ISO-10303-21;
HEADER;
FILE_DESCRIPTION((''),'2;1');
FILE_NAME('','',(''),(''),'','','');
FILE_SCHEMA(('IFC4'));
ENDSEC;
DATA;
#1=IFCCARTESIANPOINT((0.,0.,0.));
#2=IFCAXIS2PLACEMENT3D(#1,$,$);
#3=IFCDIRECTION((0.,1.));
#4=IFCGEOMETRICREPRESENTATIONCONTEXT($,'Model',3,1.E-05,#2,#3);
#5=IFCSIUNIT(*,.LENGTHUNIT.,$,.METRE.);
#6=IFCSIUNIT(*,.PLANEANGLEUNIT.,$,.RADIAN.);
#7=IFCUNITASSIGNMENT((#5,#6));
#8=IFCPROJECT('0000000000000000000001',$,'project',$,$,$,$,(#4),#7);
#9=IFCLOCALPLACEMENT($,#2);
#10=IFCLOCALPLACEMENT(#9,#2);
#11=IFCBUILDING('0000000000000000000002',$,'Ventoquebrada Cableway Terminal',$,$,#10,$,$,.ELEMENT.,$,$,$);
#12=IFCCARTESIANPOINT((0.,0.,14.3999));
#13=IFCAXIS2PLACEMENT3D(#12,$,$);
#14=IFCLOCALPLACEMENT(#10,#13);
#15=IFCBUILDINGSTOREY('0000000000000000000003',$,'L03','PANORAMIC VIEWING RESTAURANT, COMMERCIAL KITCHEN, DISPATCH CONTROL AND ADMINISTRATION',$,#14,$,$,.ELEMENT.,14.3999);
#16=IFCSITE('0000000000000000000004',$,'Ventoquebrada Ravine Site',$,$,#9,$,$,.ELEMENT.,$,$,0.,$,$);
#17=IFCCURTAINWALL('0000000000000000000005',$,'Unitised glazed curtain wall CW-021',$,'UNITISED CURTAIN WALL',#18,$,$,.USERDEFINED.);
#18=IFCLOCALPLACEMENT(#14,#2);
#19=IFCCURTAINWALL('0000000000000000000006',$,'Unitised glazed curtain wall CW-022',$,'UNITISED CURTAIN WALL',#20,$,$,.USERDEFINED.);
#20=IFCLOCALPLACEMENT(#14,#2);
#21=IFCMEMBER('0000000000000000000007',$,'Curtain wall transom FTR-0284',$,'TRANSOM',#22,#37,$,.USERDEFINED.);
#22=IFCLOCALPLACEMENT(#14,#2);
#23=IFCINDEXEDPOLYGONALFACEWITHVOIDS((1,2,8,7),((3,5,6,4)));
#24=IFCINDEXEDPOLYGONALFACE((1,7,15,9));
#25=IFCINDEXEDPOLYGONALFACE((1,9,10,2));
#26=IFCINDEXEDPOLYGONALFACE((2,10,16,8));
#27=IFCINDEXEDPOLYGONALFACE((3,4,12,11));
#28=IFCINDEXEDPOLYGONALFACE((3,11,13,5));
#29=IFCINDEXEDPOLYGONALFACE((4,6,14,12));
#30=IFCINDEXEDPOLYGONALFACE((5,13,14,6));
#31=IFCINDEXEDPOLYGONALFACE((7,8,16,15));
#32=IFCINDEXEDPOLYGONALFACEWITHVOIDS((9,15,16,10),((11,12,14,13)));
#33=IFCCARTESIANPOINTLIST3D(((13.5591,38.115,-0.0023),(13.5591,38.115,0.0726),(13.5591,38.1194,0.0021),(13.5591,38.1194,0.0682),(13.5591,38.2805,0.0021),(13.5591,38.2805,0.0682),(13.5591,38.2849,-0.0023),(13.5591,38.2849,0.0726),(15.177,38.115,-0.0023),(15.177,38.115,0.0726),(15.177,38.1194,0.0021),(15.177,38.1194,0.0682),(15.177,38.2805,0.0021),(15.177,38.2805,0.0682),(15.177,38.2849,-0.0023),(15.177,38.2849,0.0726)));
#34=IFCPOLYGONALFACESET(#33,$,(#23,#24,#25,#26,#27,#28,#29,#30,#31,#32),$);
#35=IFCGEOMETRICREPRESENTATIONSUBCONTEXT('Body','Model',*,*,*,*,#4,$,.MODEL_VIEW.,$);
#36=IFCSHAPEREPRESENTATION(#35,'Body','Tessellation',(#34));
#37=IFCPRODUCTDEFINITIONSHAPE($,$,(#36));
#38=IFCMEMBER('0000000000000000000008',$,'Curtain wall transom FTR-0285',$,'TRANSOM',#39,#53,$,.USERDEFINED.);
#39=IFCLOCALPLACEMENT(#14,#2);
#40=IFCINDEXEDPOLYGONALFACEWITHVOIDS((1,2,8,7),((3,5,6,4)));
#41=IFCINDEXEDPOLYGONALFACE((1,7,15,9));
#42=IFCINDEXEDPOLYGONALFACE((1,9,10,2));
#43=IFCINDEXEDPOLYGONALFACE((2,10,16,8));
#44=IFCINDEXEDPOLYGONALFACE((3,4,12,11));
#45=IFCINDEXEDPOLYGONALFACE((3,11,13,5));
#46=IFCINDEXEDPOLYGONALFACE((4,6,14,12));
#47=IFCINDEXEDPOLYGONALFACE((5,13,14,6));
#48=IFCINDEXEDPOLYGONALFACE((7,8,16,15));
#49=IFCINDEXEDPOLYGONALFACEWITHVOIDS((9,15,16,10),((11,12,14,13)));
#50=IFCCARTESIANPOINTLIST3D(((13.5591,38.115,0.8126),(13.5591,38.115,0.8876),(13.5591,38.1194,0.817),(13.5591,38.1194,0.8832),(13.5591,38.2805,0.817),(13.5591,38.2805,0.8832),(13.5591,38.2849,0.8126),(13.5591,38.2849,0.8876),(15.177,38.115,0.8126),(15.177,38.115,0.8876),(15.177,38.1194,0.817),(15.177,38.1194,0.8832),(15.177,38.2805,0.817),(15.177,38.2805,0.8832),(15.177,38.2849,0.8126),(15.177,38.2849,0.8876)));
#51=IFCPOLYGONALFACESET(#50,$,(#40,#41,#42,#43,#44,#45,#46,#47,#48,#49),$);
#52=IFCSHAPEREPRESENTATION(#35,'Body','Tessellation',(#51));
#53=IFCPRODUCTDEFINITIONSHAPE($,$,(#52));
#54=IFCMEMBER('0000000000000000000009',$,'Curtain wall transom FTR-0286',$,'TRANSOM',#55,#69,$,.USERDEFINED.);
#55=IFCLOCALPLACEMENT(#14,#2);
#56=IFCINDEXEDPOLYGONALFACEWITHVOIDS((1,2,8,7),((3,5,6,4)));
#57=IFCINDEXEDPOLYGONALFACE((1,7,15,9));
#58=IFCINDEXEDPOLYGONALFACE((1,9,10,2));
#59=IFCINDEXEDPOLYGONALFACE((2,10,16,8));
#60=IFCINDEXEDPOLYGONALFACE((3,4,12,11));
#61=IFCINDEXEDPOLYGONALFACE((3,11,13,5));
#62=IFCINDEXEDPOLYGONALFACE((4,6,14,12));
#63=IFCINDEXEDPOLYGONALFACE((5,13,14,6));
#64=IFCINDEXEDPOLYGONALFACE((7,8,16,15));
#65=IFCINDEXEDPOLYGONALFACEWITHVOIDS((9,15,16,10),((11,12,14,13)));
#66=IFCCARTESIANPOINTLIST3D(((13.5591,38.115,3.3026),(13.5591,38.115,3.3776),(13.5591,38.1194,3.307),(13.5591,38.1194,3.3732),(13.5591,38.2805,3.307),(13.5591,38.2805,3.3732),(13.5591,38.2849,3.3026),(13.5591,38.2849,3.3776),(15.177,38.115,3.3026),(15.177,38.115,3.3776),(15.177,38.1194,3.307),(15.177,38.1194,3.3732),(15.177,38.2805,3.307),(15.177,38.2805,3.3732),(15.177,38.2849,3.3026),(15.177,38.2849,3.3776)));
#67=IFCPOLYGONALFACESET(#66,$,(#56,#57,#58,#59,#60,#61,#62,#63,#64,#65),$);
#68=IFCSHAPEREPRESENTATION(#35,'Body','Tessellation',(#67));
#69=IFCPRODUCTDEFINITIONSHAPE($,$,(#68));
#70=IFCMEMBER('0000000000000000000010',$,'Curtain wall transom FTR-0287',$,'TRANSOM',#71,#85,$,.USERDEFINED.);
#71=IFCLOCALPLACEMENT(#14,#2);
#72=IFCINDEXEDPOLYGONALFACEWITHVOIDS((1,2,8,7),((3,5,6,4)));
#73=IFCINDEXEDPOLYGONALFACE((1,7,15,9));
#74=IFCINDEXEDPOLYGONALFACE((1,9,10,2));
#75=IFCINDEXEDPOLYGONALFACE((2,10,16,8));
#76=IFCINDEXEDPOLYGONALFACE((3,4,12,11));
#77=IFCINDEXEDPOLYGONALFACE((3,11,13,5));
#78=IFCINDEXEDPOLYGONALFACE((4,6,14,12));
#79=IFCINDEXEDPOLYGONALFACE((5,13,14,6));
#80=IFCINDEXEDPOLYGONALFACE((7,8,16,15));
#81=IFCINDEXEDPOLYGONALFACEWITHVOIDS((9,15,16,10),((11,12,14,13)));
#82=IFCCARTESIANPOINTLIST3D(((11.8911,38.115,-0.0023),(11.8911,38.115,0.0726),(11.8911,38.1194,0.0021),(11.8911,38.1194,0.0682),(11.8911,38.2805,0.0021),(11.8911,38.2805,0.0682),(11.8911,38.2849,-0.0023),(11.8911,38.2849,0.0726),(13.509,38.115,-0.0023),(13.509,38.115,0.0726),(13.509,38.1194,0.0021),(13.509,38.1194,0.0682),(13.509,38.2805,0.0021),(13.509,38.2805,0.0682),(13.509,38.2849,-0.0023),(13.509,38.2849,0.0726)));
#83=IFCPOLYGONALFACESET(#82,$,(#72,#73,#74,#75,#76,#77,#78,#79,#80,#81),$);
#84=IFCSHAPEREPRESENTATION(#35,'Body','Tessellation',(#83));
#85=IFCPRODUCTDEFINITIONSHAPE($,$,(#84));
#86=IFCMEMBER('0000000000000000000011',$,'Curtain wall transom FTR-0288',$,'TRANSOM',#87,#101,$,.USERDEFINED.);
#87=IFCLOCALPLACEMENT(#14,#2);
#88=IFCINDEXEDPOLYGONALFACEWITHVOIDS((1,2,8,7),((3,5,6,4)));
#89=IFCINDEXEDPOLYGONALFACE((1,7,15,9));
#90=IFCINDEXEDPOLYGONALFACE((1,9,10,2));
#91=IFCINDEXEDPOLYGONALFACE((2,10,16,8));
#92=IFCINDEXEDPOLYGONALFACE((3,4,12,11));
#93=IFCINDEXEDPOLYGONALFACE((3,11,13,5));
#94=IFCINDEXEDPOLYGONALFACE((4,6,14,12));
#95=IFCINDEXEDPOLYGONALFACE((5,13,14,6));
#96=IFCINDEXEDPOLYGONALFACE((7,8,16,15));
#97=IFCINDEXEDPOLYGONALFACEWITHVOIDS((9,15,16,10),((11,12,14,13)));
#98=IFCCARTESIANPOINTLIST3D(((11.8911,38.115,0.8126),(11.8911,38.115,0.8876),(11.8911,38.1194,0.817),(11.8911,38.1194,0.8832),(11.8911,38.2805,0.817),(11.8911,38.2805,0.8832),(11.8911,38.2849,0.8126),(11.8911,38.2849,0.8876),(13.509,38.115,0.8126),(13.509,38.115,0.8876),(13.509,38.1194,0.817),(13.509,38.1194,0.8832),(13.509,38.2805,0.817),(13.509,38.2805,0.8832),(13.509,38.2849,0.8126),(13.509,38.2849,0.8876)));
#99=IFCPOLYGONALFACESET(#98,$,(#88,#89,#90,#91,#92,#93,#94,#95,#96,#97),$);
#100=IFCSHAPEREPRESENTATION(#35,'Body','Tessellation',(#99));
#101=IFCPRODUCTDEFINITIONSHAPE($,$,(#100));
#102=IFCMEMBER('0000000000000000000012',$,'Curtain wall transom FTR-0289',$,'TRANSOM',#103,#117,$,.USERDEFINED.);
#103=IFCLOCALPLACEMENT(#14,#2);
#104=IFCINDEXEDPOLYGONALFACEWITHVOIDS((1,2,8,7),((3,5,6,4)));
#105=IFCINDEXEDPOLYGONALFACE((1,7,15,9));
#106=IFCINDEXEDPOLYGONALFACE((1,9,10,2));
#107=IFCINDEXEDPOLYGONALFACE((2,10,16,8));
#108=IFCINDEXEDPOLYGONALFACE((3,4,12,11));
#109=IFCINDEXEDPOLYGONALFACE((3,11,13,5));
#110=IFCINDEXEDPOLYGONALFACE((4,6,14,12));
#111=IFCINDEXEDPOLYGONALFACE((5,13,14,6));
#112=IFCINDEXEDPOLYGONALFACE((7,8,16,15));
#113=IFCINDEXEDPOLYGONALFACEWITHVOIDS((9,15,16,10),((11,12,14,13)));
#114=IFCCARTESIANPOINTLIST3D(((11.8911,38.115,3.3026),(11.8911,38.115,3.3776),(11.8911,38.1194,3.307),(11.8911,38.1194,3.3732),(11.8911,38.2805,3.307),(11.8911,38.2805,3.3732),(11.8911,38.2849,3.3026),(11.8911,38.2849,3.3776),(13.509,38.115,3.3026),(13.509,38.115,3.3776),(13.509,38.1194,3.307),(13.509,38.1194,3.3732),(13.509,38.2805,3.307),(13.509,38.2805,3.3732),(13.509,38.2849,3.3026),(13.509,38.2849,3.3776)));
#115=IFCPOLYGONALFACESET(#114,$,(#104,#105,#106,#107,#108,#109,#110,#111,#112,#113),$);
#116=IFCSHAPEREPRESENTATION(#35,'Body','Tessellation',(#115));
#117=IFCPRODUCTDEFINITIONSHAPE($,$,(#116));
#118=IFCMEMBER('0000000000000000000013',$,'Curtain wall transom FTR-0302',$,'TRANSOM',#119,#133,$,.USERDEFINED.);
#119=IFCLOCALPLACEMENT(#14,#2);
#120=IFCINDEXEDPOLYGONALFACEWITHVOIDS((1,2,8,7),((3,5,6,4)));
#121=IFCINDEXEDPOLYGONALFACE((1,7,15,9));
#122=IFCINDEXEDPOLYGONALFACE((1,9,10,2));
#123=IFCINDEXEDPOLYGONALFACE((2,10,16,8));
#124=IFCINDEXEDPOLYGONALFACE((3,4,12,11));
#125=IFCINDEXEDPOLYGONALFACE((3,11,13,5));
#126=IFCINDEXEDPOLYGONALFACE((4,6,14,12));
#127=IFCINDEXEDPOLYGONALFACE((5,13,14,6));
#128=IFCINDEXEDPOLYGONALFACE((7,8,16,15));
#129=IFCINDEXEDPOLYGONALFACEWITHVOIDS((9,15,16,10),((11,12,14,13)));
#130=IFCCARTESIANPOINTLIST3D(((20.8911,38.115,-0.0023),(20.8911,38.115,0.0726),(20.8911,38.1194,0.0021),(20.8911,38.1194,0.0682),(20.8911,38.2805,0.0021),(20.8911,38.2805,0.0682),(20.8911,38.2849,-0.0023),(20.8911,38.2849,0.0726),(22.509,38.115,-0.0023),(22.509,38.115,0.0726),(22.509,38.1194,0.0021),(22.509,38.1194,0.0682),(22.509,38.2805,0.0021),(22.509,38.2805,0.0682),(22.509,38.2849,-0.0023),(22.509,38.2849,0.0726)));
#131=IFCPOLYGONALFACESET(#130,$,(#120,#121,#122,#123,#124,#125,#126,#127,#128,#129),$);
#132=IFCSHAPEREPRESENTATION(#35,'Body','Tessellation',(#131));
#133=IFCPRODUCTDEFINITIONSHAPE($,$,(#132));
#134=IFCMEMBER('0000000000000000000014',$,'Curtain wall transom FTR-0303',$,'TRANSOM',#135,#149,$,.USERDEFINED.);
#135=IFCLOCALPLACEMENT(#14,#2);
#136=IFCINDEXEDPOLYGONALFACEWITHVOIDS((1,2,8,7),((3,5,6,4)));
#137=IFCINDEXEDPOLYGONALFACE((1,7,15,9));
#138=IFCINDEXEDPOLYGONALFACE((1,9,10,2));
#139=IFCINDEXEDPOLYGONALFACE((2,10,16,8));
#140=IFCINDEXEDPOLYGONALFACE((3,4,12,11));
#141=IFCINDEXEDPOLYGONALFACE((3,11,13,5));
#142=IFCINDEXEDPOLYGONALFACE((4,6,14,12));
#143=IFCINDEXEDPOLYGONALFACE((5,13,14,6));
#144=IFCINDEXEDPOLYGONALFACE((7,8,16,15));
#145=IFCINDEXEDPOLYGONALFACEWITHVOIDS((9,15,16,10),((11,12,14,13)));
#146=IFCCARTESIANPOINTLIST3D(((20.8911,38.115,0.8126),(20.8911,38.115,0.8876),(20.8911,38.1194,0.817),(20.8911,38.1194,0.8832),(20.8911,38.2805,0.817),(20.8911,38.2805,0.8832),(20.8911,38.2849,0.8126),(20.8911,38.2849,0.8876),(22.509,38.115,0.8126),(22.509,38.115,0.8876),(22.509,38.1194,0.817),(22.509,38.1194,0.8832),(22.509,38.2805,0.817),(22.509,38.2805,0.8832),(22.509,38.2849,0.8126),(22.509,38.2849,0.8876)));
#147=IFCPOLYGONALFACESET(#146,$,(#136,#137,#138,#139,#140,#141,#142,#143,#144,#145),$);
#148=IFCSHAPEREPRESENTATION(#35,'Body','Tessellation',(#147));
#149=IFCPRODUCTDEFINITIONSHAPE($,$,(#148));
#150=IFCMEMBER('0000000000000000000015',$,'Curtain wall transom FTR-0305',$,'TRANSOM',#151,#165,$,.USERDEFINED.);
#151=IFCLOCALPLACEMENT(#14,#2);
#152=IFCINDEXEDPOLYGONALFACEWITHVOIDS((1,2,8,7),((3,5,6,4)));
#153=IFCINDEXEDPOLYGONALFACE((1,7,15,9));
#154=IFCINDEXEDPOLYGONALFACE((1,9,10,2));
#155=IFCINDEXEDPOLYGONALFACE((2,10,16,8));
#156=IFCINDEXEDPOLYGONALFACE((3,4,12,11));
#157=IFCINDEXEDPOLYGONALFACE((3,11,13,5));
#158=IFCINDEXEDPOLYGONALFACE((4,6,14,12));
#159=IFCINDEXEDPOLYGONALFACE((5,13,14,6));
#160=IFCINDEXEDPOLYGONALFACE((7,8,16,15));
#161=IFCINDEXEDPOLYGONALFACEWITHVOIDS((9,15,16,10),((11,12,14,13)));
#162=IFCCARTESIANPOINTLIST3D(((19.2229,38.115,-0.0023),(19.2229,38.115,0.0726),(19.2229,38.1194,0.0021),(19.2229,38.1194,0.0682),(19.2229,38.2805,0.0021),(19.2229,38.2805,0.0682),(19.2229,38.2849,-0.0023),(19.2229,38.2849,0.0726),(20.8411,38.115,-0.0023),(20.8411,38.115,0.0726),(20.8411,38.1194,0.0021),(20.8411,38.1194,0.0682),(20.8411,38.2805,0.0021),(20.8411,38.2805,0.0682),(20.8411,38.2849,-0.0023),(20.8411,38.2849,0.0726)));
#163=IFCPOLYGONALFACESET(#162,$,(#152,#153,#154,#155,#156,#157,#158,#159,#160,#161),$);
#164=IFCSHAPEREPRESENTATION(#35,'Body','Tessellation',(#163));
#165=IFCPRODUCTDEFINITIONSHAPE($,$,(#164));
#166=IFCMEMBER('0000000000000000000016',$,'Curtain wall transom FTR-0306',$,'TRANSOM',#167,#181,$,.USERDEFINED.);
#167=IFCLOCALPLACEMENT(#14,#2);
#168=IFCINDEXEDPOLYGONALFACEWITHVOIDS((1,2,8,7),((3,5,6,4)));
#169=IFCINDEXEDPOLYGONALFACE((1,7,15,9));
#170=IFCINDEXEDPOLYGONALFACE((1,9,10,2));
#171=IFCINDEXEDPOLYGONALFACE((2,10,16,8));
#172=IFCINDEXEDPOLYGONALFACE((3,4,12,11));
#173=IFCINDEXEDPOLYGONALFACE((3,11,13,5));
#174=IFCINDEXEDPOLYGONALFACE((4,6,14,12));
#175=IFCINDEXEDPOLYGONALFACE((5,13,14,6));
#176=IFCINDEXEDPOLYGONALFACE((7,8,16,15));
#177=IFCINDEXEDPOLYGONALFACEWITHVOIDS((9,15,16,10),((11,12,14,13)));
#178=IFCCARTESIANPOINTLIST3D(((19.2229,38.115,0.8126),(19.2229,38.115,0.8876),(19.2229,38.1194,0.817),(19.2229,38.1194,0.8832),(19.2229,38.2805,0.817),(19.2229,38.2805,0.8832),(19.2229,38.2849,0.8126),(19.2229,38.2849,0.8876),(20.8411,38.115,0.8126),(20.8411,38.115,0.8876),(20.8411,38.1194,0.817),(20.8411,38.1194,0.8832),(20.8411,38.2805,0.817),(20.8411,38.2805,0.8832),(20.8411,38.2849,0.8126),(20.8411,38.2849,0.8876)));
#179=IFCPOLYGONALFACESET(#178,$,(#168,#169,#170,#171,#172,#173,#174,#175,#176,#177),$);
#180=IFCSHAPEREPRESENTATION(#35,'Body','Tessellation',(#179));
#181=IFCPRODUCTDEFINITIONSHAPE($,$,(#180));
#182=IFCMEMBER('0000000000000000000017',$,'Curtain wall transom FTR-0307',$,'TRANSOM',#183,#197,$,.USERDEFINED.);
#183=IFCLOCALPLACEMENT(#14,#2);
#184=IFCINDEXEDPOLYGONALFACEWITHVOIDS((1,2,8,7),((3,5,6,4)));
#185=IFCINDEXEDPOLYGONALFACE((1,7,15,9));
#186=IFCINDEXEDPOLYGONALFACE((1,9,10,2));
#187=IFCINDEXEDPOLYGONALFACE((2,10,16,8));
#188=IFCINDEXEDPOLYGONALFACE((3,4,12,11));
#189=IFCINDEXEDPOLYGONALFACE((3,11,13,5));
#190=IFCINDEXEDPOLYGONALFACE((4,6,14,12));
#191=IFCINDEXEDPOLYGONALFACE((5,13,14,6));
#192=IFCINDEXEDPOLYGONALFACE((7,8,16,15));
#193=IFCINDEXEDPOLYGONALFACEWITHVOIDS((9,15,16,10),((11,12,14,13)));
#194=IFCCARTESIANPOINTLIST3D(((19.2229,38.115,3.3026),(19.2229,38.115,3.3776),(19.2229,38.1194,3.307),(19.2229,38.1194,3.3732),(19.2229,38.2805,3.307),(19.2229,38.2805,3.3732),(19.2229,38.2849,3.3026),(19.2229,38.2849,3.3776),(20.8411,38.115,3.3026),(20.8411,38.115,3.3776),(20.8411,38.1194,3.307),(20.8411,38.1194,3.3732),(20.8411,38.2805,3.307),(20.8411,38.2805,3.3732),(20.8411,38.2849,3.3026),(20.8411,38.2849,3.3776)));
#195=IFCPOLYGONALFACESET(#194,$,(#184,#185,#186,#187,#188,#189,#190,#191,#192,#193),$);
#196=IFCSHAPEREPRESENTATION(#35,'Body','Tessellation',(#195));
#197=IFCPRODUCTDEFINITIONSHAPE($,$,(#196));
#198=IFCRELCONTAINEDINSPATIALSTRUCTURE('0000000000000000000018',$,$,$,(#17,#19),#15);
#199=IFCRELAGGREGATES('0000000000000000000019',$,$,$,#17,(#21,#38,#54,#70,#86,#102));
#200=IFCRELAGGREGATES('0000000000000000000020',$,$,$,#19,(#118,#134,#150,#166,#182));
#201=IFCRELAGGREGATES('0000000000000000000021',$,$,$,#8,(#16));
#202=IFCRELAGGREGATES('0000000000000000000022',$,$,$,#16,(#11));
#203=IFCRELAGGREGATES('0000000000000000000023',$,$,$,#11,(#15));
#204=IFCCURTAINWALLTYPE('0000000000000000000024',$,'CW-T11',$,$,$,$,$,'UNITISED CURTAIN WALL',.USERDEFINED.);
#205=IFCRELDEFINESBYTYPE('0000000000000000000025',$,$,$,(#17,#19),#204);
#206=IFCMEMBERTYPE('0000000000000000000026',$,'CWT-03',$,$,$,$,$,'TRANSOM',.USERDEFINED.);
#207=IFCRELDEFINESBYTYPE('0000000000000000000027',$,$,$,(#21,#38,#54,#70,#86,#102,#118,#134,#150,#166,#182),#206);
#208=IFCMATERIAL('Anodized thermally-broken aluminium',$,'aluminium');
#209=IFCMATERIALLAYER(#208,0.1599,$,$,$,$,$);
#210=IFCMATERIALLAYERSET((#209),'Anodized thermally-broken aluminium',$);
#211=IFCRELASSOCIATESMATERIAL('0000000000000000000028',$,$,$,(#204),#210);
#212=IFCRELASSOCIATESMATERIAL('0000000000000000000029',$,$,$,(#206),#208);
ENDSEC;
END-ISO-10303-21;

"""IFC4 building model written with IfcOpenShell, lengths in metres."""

from ifc_helpers import new_model, si_unit, direction, frame, origin, origin_2d, place, context, subcontext, project, spatial, hollow_rectangle, extrude, material, layer, layer_set, material_profile, profile_set, type_object, element, aggregate, save


model = new_model("IFC4")

# Units and contexts
model_context = context("Model", 3, precision=1e-05, world=origin(), true_north=direction((0.0, 1.0)))
body_context = subcontext(model_context, "Body", "Model", "MODEL_VIEW")
ifc_project = project(units=[si_unit("LENGTHUNIT", "METRE"), si_unit("PLANEANGLEUNIT", "RADIAN")], contexts=[model_context])

# Site, building, storey
site_placement = place(None, origin())
site = spatial("IfcSite", under=ifc_project, at=site_placement, Name="Ventoquebrada Ravine Site", CompositionType="ELEMENT", RefElevation=0.0)
building_placement = place(site_placement, origin())
building = spatial("IfcBuilding", under=site, at=building_placement, Name="Ventoquebrada Cableway Terminal", CompositionType="ELEMENT")
storey_placement = place(building_placement, frame((0.0, 0.0, 14.3999)))
storey = spatial("IfcBuildingStorey", under=building, at=storey_placement, Name="L03", Description="PANORAMIC VIEWING RESTAURANT, COMMERCIAL KITCHEN, DISPATCH CONTROL AND ADMINISTRATION", CompositionType="ELEMENT", Elevation=14.3999)

# Curtain walls
ifc_material_1 = material(Name="Anodized thermally-broken aluminium", Category="aluminium")
ifc_layer_1 = layer(ifc_material_1, 0.1599)
ifc_layer_set_1 = layer_set([ifc_layer_1], Name="Anodized thermally-broken aluminium")
curtain_wall_type = type_object("IfcCurtainWallType", Name="CW-T11", ElementType="UNITISED CURTAIN WALL", PredefinedType="USERDEFINED", material=ifc_layer_set_1)
curtain_wall_1_placement = place(storey_placement, origin())
curtain_wall_1 = element("IfcCurtainWall", 1, at=curtain_wall_1_placement, inside=storey, type_object=curtain_wall_type, Name="Unitised glazed curtain wall CW-021", ObjectType="UNITISED CURTAIN WALL", PredefinedType="USERDEFINED")
curtain_wall_2_placement = place(storey_placement, origin())
curtain_wall_2 = element("IfcCurtainWall", 2, at=curtain_wall_2_placement, inside=storey, type_object=curtain_wall_type, Name="Unitised glazed curtain wall CW-022", ObjectType="UNITISED CURTAIN WALL", PredefinedType="USERDEFINED")

# Members
ifc_material_profile_1 = material_profile(ifc_material_1, hollow_rectangle(XDim=0.075, YDim=0.1699, WallThickness=0.0044, at=origin_2d()), Name="CW-TRN-75X170")
ifc_profile_set_1 = profile_set([ifc_material_profile_1], Name="Anodized thermally-broken aluminium")
member_type_1 = type_object("IfcMemberType", Name="CWT-03", ElementType="TRANSOM", PredefinedType="USERDEFINED", material=ifc_profile_set_1)
member_1_placement = place(storey_placement, frame((15.177, 38.2, 0.0352), z_axis=(-1.0, 0.0, 0.0), x_axis=(0.0, 0.0, 1.0)))
member_1 = element("IfcMember", 3, at=member_1_placement, type_object=member_type_1, Name="Curtain wall transom FTR-0284", ObjectType="TRANSOM", PredefinedType="USERDEFINED", context=body_context, shape_type="SweptSolid", body=[
    extrude(hollow_rectangle(XDim=0.075, YDim=0.1699, WallThickness=0.0044, at=origin_2d()), origin(), (0.0, 0.0, 1.0), 1.6179),
])
member_2_placement = place(storey_placement, frame((15.177, 38.2, 0.8501), z_axis=(-1.0, 0.0, 0.0), x_axis=(0.0, 0.0, 1.0)))
member_2 = element("IfcMember", 4, at=member_2_placement, type_object=member_type_1, Name="Curtain wall transom FTR-0285", ObjectType="TRANSOM", PredefinedType="USERDEFINED", context=body_context, shape_type="SweptSolid", body=[
    extrude(hollow_rectangle(XDim=0.075, YDim=0.1699, WallThickness=0.0044, at=origin_2d()), origin(), (0.0, 0.0, 1.0), 1.6179),
])
member_3_placement = place(storey_placement, frame((15.177, 38.2, 3.3401), z_axis=(-1.0, 0.0, 0.0), x_axis=(0.0, 0.0, 1.0)))
member_3 = element("IfcMember", 5, at=member_3_placement, type_object=member_type_1, Name="Curtain wall transom FTR-0286", ObjectType="TRANSOM", PredefinedType="USERDEFINED", context=body_context, shape_type="SweptSolid", body=[
    extrude(hollow_rectangle(XDim=0.075, YDim=0.1699, WallThickness=0.0044, at=origin_2d()), origin(), (0.0, 0.0, 1.0), 1.6179),
])
member_4_placement = place(storey_placement, frame((13.509, 38.2, 0.0352), z_axis=(-1.0, 0.0, 0.0), x_axis=(0.0, 0.0, 1.0)))
member_4 = element("IfcMember", 6, at=member_4_placement, type_object=member_type_1, Name="Curtain wall transom FTR-0287", ObjectType="TRANSOM", PredefinedType="USERDEFINED", context=body_context, shape_type="SweptSolid", body=[
    extrude(hollow_rectangle(XDim=0.075, YDim=0.1699, WallThickness=0.0044, at=origin_2d()), origin(), (0.0, 0.0, 1.0), 1.6179),
])
member_5_placement = place(storey_placement, frame((13.509, 38.2, 0.8501), z_axis=(-1.0, 0.0, 0.0), x_axis=(0.0, 0.0, 1.0)))
member_5 = element("IfcMember", 7, at=member_5_placement, type_object=member_type_1, Name="Curtain wall transom FTR-0288", ObjectType="TRANSOM", PredefinedType="USERDEFINED", context=body_context, shape_type="SweptSolid", body=[
    extrude(hollow_rectangle(XDim=0.075, YDim=0.1699, WallThickness=0.0044, at=origin_2d()), origin(), (0.0, 0.0, 1.0), 1.6179),
])
member_6_placement = place(storey_placement, frame((13.509, 38.2, 3.3401), z_axis=(-1.0, 0.0, 0.0), x_axis=(0.0, 0.0, 1.0)))
member_6 = element("IfcMember", 8, at=member_6_placement, type_object=member_type_1, Name="Curtain wall transom FTR-0289", ObjectType="TRANSOM", PredefinedType="USERDEFINED", context=body_context, shape_type="SweptSolid", body=[
    extrude(hollow_rectangle(XDim=0.075, YDim=0.1699, WallThickness=0.0044, at=origin_2d()), origin(), (0.0, 0.0, 1.0), 1.6179),
])
member_7_placement = place(storey_placement, frame((22.509, 38.2, 0.0352), z_axis=(-1.0, 0.0, 0.0), x_axis=(0.0, 0.0, 1.0)))
member_7 = element("IfcMember", 9, at=member_7_placement, type_object=member_type_1, Name="Curtain wall transom FTR-0302", ObjectType="TRANSOM", PredefinedType="USERDEFINED", context=body_context, shape_type="SweptSolid", body=[
    extrude(hollow_rectangle(XDim=0.075, YDim=0.1699, WallThickness=0.0044, at=origin_2d()), origin(), (0.0, 0.0, 1.0), 1.6179),
])
member_8_placement = place(storey_placement, frame((22.509, 38.2, 0.8501), z_axis=(-1.0, 0.0, 0.0), x_axis=(0.0, 0.0, 1.0)))
member_8 = element("IfcMember", 10, at=member_8_placement, type_object=member_type_1, Name="Curtain wall transom FTR-0303", ObjectType="TRANSOM", PredefinedType="USERDEFINED", context=body_context, shape_type="SweptSolid", body=[
    extrude(hollow_rectangle(XDim=0.075, YDim=0.1699, WallThickness=0.0044, at=origin_2d()), origin(), (0.0, 0.0, 1.0), 1.6179),
])
member_9_placement = place(storey_placement, frame((20.8411, 38.2, 0.0352), z_axis=(-1.0, 0.0, 0.0), x_axis=(0.0, 0.0, 1.0)))
member_9 = element("IfcMember", 11, at=member_9_placement, type_object=member_type_1, Name="Curtain wall transom FTR-0305", ObjectType="TRANSOM", PredefinedType="USERDEFINED", context=body_context, shape_type="SweptSolid", body=[
    extrude(hollow_rectangle(XDim=0.075, YDim=0.1699, WallThickness=0.0044, at=origin_2d()), origin(), (0.0, 0.0, 1.0), 1.6182),
])
member_10_placement = place(storey_placement, frame((20.8411, 38.2, 0.8501), z_axis=(-1.0, 0.0, 0.0), x_axis=(0.0, 0.0, 1.0)))
member_10 = element("IfcMember", 12, at=member_10_placement, type_object=member_type_1, Name="Curtain wall transom FTR-0306", ObjectType="TRANSOM", PredefinedType="USERDEFINED", context=body_context, shape_type="SweptSolid", body=[
    extrude(hollow_rectangle(XDim=0.075, YDim=0.1699, WallThickness=0.0044, at=origin_2d()), origin(), (0.0, 0.0, 1.0), 1.6182),
])
member_11_placement = place(storey_placement, frame((20.8411, 38.2, 3.3401), z_axis=(-1.0, 0.0, 0.0), x_axis=(0.0, 0.0, 1.0)))
member_11 = element("IfcMember", 13, at=member_11_placement, type_object=member_type_1, Name="Curtain wall transom FTR-0307", ObjectType="TRANSOM", PredefinedType="USERDEFINED", context=body_context, shape_type="SweptSolid", body=[
    extrude(hollow_rectangle(XDim=0.075, YDim=0.1699, WallThickness=0.0044, at=origin_2d()), origin(), (0.0, 0.0, 1.0), 1.6182),
])

aggregate(curtain_wall_1, [member_1, member_2, member_3, member_4, member_5, member_6])
aggregate(curtain_wall_2, [member_7, member_8, member_9, member_10, member_11])

save(model, "model.ifc")
